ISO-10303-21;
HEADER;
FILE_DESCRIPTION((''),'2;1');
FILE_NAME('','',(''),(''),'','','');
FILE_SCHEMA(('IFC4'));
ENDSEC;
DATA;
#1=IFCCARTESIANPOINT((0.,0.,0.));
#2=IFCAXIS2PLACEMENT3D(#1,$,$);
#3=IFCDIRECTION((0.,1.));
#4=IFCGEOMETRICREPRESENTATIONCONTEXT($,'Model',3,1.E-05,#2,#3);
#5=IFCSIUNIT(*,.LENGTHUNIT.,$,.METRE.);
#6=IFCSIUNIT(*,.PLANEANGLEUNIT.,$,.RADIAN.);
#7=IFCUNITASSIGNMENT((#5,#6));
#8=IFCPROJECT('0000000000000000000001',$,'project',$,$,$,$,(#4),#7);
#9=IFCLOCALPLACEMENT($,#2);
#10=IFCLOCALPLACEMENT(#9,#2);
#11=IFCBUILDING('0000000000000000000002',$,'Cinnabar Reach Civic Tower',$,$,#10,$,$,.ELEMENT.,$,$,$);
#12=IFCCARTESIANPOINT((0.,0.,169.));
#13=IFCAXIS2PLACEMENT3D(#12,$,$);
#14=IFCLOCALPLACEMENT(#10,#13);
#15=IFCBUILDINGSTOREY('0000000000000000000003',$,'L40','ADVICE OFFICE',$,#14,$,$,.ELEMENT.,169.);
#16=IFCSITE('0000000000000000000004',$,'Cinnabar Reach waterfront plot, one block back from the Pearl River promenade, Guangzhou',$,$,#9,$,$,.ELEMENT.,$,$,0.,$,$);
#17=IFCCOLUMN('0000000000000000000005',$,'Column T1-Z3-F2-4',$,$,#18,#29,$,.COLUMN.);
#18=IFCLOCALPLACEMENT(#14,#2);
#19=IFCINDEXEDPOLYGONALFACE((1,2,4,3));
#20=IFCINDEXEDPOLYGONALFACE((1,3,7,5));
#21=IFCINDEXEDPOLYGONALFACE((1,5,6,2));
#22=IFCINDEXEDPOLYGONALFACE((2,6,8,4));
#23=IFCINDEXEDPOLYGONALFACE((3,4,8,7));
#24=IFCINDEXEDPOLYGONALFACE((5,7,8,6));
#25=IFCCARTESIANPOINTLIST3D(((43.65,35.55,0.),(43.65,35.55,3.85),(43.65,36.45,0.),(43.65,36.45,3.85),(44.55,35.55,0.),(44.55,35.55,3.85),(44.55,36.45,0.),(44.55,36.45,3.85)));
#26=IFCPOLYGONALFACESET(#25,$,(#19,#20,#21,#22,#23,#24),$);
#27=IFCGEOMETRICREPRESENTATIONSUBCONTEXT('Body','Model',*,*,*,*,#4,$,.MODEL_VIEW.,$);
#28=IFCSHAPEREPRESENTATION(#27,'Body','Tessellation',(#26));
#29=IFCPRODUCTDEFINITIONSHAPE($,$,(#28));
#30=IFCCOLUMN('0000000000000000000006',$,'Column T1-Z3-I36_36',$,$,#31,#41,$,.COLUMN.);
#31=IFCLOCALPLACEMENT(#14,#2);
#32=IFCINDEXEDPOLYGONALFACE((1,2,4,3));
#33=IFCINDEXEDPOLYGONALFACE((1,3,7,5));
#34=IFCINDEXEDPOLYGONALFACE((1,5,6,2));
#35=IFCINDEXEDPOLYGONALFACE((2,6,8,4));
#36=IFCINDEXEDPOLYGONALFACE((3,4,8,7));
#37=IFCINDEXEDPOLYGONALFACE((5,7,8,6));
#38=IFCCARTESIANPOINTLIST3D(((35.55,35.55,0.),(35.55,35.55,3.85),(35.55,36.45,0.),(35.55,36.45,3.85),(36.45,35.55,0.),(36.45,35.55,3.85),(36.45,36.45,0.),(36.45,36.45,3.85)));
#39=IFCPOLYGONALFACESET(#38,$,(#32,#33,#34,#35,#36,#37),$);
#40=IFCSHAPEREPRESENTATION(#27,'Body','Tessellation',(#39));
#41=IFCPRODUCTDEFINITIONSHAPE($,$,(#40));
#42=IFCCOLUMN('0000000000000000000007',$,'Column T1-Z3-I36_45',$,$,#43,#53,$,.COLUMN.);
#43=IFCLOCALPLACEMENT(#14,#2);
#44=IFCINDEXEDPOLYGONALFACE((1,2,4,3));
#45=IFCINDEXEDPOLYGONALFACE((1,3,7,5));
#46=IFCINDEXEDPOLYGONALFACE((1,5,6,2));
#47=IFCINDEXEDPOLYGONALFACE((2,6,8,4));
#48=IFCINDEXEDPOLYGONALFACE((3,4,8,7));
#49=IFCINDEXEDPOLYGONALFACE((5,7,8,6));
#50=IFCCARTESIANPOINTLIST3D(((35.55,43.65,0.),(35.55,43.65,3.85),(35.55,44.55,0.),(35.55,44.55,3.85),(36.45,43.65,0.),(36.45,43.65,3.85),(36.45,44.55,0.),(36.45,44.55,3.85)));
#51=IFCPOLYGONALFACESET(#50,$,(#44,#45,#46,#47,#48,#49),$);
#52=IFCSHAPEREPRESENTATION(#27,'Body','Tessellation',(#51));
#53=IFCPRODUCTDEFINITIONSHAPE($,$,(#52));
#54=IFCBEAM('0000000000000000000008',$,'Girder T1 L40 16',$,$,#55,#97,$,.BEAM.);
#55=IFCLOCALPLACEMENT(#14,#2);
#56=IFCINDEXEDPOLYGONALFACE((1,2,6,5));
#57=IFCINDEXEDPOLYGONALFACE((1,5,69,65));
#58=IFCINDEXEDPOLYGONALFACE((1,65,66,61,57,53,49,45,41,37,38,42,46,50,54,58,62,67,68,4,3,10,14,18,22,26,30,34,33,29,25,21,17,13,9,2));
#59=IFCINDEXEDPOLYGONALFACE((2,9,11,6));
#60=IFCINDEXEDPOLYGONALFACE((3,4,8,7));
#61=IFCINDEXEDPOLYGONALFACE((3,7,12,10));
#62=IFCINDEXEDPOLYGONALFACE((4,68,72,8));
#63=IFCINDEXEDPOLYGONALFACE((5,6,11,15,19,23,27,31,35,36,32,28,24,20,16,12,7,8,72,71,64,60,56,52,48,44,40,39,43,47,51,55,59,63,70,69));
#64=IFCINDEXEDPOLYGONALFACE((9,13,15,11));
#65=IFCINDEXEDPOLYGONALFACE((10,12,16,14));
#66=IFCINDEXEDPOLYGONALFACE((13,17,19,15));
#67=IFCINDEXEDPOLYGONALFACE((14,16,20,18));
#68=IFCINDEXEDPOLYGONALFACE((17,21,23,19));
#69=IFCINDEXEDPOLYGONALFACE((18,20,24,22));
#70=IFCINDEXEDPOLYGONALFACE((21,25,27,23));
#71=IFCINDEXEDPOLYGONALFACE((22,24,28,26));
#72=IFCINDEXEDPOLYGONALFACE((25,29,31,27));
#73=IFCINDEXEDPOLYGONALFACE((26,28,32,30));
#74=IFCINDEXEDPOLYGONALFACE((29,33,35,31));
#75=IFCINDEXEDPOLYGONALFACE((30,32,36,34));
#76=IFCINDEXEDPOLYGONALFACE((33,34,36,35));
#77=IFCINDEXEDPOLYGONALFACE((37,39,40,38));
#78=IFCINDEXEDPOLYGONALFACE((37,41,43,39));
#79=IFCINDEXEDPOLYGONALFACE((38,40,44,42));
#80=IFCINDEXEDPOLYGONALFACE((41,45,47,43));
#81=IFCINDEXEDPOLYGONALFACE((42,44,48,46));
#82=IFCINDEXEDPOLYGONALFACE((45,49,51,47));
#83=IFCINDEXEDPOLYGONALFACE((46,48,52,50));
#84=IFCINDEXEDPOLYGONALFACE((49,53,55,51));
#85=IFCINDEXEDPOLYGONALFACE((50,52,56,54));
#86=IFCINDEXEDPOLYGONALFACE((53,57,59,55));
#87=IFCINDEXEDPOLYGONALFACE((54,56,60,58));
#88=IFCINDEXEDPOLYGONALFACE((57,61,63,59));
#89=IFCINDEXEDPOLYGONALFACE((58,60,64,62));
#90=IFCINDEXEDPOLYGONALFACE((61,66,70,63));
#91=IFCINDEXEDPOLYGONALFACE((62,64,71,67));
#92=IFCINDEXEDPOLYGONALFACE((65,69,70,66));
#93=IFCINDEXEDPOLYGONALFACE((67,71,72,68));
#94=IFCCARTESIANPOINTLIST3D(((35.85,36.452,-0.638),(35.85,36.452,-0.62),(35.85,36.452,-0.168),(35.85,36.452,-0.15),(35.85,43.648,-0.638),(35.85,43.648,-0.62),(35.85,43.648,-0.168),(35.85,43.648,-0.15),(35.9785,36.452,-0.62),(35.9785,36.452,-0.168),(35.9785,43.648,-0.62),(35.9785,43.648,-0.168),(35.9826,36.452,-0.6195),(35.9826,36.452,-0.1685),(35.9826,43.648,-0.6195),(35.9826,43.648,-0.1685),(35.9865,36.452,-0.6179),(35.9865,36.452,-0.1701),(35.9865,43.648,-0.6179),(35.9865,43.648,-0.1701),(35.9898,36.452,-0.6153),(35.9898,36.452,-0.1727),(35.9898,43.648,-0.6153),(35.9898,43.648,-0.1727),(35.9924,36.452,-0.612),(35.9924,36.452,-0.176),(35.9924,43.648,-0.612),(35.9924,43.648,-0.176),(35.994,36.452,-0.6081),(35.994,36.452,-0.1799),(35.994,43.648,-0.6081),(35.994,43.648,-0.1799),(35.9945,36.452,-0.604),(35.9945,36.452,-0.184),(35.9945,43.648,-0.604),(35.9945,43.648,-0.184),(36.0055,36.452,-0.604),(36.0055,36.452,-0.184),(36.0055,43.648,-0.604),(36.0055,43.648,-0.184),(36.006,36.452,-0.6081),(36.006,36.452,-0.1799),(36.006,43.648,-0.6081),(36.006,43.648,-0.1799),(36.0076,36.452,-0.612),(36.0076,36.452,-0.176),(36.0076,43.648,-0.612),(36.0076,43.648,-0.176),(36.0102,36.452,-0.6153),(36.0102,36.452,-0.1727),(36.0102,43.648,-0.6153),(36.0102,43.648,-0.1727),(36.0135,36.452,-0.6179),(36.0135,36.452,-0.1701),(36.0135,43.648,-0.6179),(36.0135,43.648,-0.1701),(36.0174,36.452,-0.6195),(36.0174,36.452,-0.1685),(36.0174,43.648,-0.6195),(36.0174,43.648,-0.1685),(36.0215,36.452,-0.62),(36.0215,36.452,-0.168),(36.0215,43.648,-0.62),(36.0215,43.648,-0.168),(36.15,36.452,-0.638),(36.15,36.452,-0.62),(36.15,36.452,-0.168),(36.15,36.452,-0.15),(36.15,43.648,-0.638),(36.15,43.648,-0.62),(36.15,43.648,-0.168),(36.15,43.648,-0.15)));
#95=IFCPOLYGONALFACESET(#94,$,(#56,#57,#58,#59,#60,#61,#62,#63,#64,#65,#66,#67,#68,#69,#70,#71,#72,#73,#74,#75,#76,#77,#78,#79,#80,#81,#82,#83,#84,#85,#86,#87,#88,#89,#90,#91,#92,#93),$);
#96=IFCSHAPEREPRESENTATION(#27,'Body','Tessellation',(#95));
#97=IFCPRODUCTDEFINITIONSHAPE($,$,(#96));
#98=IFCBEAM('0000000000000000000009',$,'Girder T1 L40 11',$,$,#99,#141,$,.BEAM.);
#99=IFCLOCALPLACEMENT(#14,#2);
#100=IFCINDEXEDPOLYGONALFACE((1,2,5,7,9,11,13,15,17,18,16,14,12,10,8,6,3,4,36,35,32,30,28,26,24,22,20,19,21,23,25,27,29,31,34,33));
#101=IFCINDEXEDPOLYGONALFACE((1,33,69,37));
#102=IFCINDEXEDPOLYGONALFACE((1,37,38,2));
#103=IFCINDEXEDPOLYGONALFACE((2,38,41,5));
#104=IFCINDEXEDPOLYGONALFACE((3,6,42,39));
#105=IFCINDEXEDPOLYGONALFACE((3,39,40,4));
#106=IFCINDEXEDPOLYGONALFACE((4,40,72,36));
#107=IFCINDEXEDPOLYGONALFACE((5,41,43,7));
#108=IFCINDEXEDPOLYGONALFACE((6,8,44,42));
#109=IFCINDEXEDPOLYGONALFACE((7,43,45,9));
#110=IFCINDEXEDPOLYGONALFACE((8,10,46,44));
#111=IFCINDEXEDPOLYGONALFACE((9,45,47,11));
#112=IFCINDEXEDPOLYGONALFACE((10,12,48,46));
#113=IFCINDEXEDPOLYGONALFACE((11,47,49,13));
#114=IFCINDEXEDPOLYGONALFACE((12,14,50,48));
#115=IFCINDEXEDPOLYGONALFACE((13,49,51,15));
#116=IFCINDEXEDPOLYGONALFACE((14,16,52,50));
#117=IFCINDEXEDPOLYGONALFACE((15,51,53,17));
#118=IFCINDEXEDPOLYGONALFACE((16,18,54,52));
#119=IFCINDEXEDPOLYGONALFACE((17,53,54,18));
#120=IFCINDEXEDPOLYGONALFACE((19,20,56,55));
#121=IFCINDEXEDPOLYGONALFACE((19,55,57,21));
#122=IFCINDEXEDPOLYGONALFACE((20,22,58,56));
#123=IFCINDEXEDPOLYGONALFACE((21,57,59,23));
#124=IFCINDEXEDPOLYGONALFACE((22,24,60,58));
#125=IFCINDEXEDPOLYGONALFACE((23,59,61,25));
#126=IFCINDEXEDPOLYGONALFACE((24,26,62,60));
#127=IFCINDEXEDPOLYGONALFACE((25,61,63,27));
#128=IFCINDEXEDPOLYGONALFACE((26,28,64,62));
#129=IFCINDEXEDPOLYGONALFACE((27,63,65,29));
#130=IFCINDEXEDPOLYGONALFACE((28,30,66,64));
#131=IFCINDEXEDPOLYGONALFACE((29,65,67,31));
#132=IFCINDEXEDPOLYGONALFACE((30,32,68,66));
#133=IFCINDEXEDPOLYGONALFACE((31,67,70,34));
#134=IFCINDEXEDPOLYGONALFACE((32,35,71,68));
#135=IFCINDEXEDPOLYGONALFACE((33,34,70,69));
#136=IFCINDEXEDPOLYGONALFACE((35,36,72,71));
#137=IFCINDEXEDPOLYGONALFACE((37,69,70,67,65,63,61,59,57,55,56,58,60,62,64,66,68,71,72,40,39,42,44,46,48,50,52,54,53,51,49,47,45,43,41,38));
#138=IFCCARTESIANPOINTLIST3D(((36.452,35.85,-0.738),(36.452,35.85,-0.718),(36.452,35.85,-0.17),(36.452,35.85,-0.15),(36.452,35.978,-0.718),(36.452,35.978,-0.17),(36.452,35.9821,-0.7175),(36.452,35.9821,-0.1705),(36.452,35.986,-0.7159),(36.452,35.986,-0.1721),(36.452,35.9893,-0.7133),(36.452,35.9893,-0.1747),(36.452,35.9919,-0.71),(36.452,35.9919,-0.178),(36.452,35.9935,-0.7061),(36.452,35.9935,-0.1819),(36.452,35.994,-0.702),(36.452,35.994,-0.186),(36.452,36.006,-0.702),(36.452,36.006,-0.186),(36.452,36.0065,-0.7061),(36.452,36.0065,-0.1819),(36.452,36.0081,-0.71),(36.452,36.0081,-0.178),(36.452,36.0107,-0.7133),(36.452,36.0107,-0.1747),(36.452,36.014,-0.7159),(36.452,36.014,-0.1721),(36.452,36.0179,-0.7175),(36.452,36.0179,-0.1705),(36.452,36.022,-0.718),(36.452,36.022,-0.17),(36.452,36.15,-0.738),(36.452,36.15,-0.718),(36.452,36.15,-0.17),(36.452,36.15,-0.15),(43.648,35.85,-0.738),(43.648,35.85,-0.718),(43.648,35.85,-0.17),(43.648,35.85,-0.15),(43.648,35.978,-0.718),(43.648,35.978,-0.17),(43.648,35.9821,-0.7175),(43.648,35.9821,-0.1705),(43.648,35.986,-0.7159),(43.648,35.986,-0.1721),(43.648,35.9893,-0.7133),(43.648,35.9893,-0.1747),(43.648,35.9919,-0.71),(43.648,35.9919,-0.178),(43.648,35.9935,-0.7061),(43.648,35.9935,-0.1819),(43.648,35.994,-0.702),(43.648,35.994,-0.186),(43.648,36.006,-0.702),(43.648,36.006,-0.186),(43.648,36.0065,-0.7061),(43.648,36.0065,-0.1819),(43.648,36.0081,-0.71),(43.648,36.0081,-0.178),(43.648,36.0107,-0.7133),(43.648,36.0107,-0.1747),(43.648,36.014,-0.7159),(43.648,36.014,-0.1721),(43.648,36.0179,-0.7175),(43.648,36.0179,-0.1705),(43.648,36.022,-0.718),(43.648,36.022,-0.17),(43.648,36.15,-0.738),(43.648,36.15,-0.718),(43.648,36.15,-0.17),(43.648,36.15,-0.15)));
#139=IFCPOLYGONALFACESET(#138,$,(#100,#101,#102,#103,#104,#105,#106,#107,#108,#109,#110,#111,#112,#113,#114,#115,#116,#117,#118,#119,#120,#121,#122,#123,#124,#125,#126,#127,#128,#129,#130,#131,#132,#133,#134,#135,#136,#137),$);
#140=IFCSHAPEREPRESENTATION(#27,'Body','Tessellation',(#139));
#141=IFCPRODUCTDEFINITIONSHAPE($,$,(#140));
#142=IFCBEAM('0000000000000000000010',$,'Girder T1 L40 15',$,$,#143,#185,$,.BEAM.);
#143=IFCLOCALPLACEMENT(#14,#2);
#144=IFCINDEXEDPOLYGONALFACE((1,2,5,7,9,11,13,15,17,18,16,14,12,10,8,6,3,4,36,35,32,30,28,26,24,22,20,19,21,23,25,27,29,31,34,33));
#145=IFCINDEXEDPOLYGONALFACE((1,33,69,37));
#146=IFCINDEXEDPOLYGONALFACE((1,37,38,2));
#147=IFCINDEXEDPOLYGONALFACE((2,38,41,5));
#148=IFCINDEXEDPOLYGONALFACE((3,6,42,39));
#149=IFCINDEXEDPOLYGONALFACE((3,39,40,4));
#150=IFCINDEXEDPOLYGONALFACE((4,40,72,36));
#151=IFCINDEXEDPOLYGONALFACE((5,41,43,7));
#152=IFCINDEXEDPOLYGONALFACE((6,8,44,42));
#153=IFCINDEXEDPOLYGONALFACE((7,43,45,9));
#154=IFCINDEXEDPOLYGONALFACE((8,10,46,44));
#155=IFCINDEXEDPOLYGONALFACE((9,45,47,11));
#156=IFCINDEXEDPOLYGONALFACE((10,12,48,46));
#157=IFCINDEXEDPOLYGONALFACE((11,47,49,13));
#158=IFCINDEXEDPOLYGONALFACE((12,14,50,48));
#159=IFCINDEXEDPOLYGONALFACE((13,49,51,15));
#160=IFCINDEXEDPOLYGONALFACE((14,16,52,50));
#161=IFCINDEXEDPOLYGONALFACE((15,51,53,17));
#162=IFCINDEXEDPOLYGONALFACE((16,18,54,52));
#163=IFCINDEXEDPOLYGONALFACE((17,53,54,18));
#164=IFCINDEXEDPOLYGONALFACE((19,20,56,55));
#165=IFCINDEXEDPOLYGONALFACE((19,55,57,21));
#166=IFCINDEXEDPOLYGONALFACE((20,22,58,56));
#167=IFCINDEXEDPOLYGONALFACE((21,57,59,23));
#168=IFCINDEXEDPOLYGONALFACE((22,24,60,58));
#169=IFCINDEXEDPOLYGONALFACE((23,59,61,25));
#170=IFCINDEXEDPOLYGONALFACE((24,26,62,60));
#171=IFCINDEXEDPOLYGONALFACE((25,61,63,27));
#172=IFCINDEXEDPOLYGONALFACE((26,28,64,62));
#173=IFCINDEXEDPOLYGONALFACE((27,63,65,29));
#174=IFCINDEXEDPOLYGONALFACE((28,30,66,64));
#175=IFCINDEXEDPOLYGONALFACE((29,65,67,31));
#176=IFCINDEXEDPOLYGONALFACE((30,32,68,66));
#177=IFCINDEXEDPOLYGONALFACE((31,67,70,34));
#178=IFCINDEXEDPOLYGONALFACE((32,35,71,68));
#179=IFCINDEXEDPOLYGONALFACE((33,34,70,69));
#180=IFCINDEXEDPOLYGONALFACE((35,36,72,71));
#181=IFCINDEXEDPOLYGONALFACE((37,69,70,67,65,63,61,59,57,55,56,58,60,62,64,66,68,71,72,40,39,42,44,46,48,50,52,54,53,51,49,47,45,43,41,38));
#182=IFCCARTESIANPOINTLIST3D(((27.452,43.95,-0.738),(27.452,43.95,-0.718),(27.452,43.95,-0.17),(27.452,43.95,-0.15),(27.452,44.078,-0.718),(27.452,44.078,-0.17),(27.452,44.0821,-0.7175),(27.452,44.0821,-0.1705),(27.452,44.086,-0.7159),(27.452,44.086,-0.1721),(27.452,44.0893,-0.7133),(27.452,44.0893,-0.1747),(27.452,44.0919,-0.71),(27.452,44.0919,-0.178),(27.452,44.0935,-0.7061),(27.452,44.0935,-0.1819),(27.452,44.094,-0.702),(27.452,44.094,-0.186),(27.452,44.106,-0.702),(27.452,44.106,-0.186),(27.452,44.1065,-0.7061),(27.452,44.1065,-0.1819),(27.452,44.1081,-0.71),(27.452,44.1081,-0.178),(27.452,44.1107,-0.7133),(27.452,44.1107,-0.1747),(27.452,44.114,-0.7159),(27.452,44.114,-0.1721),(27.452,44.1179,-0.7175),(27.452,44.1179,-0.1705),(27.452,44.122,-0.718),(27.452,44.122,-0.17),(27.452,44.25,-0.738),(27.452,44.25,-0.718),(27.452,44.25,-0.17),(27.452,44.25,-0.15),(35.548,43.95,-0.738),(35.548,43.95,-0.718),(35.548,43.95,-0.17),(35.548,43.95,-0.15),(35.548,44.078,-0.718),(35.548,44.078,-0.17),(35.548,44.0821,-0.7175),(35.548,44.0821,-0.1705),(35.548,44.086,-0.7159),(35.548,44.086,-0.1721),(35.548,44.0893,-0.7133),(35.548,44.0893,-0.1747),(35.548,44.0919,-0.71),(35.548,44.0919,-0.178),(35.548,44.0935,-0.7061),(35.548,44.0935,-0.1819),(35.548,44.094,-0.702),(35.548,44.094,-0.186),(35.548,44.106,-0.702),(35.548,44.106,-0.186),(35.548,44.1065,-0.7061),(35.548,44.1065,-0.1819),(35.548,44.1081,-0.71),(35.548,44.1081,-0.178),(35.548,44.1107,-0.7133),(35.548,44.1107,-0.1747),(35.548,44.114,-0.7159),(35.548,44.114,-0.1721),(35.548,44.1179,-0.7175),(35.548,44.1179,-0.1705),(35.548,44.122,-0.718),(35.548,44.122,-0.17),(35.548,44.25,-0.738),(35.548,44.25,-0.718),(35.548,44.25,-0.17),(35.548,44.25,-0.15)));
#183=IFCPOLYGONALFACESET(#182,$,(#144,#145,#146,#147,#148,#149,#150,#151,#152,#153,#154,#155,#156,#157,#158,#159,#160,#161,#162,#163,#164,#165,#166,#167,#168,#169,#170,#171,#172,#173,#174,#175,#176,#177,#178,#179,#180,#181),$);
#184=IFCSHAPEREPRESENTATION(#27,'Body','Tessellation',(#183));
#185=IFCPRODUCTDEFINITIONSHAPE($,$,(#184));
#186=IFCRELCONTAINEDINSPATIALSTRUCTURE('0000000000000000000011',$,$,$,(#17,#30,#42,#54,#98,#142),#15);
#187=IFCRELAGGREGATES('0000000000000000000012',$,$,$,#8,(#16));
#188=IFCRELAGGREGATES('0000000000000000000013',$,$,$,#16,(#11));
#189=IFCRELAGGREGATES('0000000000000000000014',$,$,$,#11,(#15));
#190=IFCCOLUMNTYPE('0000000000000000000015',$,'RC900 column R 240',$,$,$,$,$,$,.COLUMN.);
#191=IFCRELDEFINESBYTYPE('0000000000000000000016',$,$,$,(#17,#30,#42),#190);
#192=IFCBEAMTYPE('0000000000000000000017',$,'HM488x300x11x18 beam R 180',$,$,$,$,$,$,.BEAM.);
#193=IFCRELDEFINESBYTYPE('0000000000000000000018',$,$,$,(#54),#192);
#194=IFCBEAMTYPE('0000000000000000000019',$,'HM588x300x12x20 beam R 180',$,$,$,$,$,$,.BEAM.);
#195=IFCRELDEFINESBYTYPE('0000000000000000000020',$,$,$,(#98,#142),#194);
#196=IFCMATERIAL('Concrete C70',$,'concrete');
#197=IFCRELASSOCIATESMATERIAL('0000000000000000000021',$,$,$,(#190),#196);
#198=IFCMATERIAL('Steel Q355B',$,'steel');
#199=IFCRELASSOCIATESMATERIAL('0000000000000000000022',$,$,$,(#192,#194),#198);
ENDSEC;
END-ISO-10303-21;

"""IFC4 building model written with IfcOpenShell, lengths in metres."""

from ifc_helpers import new_model, si_unit, direction, frame, origin, origin_2d, place, context, subcontext, project, spatial, rectangle, i_section, extrude, material, material_profile, profile_set, type_object, element, save


model = new_model("IFC4")

# Units and contexts
model_context = context("Model", 3, precision=1e-05, world=origin(), true_north=direction((0.0, 1.0)))
body_context = subcontext(model_context, "Body", "Model", "MODEL_VIEW")
ifc_project = project(units=[si_unit("LENGTHUNIT", "METRE"), si_unit("PLANEANGLEUNIT", "RADIAN")], contexts=[model_context])

# Site, building, storey
site_placement = place(None, origin())
site = spatial("IfcSite", under=ifc_project, at=site_placement, Name="Cinnabar Reach waterfront plot, one block back from the Pearl River promenade, Guangzhou", CompositionType="ELEMENT", RefElevation=0.0)
building_placement = place(site_placement, origin())
building = spatial("IfcBuilding", under=site, at=building_placement, Name="Cinnabar Reach Civic Tower", CompositionType="ELEMENT")
storey_placement = place(building_placement, frame((0.0, 0.0, 169.0)))
storey = spatial("IfcBuildingStorey", under=building, at=storey_placement, Name="L40", Description="ADVICE OFFICE", CompositionType="ELEMENT", Elevation=169.0)

# Columns
ifc_material_1 = material(Name="Concrete C70", Category="concrete")
ifc_material_profile_1 = material_profile(ifc_material_1, rectangle(XDim=0.9, YDim=0.9, at=origin_2d()), Name="RC900")
ifc_profile_set_1 = profile_set([ifc_material_profile_1], Name="Concrete C70")
column_type = type_object("IfcColumnType", Name="RC900 column R 240", PredefinedType="COLUMN", material=ifc_profile_set_1)
for number, where, z_axis, x_axis, name in (
    (1, (44.1, 36.0, 0.0), (0.0, 0.0, 1.0), (1.0, 0.0, 0.0), "Column T1-Z3-F2-4"),
    (2, (36.0, 36.0, 0.0), (0.0, 0.0, 1.0), (1.0, 0.0, 0.0), "Column T1-Z3-I36_36"),
    (3, (36.0, 44.1, 0.0), (0.0, 0.0, 1.0), (1.0, 0.0, 0.0), "Column T1-Z3-I36_45"),
):
    element("IfcColumn", number, at=place(storey_placement, frame(where, z_axis=z_axis, x_axis=x_axis)), inside=storey, type_object=column_type, Name=name, PredefinedType="COLUMN", context=body_context, shape_type="SweptSolid", body=[
        extrude(rectangle(XDim=0.9, YDim=0.9, at=origin_2d()), origin(), (0.0, 0.0, 1.0), 3.85),
    ])

# Beams
ifc_material_2 = material(Name="Steel Q355B", Category="steel")
ifc_material_profile_2 = material_profile(ifc_material_2, i_section(OverallWidth=0.3, OverallDepth=0.488, WebThickness=0.011, FlangeThickness=0.018, FilletRadius=0.016, at=origin_2d()), Name="HM488x300x11x18")
ifc_profile_set_2 = profile_set([ifc_material_profile_2], Name="Steel Q355B")
beam_type_1 = type_object("IfcBeamType", Name="HM488x300x11x18 beam R 180", PredefinedType="BEAM", material=ifc_profile_set_2)
beam_1_placement = place(storey_placement, frame((36.0, 36.452, -0.394), z_axis=(0.0, 1.0, 0.0), x_axis=(-1.0, 0.0, 0.0)))
element("IfcBeam", 4, at=beam_1_placement, inside=storey, type_object=beam_type_1, Name="Girder T1 L40 16", PredefinedType="BEAM", context=body_context, shape_type="SweptSolid", body=[
    extrude(i_section(OverallWidth=0.3, OverallDepth=0.488, WebThickness=0.011, FlangeThickness=0.018, FilletRadius=0.016, at=origin_2d()), origin(), (0.0, 0.0, 1.0), 7.196),
])
ifc_material_profile_3 = material_profile(ifc_material_2, i_section(OverallWidth=0.3, OverallDepth=0.588, WebThickness=0.012, FlangeThickness=0.02, FilletRadius=0.016, at=origin_2d()), Name="HM588x300x12x20")
ifc_profile_set_3 = profile_set([ifc_material_profile_3], Name="Steel Q355B")
beam_type_2 = type_object("IfcBeamType", Name="HM588x300x12x20 beam R 180", PredefinedType="BEAM", material=ifc_profile_set_3)
beam_2_placement = place(storey_placement, frame((36.452, 36.0, -0.444), z_axis=(1.0, 0.0, 0.0), x_axis=(0.0, 1.0, 0.0)))
element("IfcBeam", 5, at=beam_2_placement, inside=storey, type_object=beam_type_2, Name="Girder T1 L40 11", PredefinedType="BEAM", context=body_context, shape_type="SweptSolid", body=[
    extrude(i_section(OverallWidth=0.3, OverallDepth=0.588, WebThickness=0.012, FlangeThickness=0.02, FilletRadius=0.016, at=origin_2d()), origin(), (0.0, 0.0, 1.0), 7.196),
])
beam_3_placement = place(storey_placement, frame((27.452, 44.1, -0.444), z_axis=(1.0, 0.0, 0.0), x_axis=(0.0, 1.0, 0.0)))
element("IfcBeam", 6, at=beam_3_placement, inside=storey, type_object=beam_type_2, Name="Girder T1 L40 15", PredefinedType="BEAM", context=body_context, shape_type="SweptSolid", body=[
    extrude(i_section(OverallWidth=0.3, OverallDepth=0.588, WebThickness=0.012, FlangeThickness=0.02, FilletRadius=0.016, at=origin_2d()), origin(), (0.0, 0.0, 1.0), 8.096),
])

save(model, "model.ifc")
